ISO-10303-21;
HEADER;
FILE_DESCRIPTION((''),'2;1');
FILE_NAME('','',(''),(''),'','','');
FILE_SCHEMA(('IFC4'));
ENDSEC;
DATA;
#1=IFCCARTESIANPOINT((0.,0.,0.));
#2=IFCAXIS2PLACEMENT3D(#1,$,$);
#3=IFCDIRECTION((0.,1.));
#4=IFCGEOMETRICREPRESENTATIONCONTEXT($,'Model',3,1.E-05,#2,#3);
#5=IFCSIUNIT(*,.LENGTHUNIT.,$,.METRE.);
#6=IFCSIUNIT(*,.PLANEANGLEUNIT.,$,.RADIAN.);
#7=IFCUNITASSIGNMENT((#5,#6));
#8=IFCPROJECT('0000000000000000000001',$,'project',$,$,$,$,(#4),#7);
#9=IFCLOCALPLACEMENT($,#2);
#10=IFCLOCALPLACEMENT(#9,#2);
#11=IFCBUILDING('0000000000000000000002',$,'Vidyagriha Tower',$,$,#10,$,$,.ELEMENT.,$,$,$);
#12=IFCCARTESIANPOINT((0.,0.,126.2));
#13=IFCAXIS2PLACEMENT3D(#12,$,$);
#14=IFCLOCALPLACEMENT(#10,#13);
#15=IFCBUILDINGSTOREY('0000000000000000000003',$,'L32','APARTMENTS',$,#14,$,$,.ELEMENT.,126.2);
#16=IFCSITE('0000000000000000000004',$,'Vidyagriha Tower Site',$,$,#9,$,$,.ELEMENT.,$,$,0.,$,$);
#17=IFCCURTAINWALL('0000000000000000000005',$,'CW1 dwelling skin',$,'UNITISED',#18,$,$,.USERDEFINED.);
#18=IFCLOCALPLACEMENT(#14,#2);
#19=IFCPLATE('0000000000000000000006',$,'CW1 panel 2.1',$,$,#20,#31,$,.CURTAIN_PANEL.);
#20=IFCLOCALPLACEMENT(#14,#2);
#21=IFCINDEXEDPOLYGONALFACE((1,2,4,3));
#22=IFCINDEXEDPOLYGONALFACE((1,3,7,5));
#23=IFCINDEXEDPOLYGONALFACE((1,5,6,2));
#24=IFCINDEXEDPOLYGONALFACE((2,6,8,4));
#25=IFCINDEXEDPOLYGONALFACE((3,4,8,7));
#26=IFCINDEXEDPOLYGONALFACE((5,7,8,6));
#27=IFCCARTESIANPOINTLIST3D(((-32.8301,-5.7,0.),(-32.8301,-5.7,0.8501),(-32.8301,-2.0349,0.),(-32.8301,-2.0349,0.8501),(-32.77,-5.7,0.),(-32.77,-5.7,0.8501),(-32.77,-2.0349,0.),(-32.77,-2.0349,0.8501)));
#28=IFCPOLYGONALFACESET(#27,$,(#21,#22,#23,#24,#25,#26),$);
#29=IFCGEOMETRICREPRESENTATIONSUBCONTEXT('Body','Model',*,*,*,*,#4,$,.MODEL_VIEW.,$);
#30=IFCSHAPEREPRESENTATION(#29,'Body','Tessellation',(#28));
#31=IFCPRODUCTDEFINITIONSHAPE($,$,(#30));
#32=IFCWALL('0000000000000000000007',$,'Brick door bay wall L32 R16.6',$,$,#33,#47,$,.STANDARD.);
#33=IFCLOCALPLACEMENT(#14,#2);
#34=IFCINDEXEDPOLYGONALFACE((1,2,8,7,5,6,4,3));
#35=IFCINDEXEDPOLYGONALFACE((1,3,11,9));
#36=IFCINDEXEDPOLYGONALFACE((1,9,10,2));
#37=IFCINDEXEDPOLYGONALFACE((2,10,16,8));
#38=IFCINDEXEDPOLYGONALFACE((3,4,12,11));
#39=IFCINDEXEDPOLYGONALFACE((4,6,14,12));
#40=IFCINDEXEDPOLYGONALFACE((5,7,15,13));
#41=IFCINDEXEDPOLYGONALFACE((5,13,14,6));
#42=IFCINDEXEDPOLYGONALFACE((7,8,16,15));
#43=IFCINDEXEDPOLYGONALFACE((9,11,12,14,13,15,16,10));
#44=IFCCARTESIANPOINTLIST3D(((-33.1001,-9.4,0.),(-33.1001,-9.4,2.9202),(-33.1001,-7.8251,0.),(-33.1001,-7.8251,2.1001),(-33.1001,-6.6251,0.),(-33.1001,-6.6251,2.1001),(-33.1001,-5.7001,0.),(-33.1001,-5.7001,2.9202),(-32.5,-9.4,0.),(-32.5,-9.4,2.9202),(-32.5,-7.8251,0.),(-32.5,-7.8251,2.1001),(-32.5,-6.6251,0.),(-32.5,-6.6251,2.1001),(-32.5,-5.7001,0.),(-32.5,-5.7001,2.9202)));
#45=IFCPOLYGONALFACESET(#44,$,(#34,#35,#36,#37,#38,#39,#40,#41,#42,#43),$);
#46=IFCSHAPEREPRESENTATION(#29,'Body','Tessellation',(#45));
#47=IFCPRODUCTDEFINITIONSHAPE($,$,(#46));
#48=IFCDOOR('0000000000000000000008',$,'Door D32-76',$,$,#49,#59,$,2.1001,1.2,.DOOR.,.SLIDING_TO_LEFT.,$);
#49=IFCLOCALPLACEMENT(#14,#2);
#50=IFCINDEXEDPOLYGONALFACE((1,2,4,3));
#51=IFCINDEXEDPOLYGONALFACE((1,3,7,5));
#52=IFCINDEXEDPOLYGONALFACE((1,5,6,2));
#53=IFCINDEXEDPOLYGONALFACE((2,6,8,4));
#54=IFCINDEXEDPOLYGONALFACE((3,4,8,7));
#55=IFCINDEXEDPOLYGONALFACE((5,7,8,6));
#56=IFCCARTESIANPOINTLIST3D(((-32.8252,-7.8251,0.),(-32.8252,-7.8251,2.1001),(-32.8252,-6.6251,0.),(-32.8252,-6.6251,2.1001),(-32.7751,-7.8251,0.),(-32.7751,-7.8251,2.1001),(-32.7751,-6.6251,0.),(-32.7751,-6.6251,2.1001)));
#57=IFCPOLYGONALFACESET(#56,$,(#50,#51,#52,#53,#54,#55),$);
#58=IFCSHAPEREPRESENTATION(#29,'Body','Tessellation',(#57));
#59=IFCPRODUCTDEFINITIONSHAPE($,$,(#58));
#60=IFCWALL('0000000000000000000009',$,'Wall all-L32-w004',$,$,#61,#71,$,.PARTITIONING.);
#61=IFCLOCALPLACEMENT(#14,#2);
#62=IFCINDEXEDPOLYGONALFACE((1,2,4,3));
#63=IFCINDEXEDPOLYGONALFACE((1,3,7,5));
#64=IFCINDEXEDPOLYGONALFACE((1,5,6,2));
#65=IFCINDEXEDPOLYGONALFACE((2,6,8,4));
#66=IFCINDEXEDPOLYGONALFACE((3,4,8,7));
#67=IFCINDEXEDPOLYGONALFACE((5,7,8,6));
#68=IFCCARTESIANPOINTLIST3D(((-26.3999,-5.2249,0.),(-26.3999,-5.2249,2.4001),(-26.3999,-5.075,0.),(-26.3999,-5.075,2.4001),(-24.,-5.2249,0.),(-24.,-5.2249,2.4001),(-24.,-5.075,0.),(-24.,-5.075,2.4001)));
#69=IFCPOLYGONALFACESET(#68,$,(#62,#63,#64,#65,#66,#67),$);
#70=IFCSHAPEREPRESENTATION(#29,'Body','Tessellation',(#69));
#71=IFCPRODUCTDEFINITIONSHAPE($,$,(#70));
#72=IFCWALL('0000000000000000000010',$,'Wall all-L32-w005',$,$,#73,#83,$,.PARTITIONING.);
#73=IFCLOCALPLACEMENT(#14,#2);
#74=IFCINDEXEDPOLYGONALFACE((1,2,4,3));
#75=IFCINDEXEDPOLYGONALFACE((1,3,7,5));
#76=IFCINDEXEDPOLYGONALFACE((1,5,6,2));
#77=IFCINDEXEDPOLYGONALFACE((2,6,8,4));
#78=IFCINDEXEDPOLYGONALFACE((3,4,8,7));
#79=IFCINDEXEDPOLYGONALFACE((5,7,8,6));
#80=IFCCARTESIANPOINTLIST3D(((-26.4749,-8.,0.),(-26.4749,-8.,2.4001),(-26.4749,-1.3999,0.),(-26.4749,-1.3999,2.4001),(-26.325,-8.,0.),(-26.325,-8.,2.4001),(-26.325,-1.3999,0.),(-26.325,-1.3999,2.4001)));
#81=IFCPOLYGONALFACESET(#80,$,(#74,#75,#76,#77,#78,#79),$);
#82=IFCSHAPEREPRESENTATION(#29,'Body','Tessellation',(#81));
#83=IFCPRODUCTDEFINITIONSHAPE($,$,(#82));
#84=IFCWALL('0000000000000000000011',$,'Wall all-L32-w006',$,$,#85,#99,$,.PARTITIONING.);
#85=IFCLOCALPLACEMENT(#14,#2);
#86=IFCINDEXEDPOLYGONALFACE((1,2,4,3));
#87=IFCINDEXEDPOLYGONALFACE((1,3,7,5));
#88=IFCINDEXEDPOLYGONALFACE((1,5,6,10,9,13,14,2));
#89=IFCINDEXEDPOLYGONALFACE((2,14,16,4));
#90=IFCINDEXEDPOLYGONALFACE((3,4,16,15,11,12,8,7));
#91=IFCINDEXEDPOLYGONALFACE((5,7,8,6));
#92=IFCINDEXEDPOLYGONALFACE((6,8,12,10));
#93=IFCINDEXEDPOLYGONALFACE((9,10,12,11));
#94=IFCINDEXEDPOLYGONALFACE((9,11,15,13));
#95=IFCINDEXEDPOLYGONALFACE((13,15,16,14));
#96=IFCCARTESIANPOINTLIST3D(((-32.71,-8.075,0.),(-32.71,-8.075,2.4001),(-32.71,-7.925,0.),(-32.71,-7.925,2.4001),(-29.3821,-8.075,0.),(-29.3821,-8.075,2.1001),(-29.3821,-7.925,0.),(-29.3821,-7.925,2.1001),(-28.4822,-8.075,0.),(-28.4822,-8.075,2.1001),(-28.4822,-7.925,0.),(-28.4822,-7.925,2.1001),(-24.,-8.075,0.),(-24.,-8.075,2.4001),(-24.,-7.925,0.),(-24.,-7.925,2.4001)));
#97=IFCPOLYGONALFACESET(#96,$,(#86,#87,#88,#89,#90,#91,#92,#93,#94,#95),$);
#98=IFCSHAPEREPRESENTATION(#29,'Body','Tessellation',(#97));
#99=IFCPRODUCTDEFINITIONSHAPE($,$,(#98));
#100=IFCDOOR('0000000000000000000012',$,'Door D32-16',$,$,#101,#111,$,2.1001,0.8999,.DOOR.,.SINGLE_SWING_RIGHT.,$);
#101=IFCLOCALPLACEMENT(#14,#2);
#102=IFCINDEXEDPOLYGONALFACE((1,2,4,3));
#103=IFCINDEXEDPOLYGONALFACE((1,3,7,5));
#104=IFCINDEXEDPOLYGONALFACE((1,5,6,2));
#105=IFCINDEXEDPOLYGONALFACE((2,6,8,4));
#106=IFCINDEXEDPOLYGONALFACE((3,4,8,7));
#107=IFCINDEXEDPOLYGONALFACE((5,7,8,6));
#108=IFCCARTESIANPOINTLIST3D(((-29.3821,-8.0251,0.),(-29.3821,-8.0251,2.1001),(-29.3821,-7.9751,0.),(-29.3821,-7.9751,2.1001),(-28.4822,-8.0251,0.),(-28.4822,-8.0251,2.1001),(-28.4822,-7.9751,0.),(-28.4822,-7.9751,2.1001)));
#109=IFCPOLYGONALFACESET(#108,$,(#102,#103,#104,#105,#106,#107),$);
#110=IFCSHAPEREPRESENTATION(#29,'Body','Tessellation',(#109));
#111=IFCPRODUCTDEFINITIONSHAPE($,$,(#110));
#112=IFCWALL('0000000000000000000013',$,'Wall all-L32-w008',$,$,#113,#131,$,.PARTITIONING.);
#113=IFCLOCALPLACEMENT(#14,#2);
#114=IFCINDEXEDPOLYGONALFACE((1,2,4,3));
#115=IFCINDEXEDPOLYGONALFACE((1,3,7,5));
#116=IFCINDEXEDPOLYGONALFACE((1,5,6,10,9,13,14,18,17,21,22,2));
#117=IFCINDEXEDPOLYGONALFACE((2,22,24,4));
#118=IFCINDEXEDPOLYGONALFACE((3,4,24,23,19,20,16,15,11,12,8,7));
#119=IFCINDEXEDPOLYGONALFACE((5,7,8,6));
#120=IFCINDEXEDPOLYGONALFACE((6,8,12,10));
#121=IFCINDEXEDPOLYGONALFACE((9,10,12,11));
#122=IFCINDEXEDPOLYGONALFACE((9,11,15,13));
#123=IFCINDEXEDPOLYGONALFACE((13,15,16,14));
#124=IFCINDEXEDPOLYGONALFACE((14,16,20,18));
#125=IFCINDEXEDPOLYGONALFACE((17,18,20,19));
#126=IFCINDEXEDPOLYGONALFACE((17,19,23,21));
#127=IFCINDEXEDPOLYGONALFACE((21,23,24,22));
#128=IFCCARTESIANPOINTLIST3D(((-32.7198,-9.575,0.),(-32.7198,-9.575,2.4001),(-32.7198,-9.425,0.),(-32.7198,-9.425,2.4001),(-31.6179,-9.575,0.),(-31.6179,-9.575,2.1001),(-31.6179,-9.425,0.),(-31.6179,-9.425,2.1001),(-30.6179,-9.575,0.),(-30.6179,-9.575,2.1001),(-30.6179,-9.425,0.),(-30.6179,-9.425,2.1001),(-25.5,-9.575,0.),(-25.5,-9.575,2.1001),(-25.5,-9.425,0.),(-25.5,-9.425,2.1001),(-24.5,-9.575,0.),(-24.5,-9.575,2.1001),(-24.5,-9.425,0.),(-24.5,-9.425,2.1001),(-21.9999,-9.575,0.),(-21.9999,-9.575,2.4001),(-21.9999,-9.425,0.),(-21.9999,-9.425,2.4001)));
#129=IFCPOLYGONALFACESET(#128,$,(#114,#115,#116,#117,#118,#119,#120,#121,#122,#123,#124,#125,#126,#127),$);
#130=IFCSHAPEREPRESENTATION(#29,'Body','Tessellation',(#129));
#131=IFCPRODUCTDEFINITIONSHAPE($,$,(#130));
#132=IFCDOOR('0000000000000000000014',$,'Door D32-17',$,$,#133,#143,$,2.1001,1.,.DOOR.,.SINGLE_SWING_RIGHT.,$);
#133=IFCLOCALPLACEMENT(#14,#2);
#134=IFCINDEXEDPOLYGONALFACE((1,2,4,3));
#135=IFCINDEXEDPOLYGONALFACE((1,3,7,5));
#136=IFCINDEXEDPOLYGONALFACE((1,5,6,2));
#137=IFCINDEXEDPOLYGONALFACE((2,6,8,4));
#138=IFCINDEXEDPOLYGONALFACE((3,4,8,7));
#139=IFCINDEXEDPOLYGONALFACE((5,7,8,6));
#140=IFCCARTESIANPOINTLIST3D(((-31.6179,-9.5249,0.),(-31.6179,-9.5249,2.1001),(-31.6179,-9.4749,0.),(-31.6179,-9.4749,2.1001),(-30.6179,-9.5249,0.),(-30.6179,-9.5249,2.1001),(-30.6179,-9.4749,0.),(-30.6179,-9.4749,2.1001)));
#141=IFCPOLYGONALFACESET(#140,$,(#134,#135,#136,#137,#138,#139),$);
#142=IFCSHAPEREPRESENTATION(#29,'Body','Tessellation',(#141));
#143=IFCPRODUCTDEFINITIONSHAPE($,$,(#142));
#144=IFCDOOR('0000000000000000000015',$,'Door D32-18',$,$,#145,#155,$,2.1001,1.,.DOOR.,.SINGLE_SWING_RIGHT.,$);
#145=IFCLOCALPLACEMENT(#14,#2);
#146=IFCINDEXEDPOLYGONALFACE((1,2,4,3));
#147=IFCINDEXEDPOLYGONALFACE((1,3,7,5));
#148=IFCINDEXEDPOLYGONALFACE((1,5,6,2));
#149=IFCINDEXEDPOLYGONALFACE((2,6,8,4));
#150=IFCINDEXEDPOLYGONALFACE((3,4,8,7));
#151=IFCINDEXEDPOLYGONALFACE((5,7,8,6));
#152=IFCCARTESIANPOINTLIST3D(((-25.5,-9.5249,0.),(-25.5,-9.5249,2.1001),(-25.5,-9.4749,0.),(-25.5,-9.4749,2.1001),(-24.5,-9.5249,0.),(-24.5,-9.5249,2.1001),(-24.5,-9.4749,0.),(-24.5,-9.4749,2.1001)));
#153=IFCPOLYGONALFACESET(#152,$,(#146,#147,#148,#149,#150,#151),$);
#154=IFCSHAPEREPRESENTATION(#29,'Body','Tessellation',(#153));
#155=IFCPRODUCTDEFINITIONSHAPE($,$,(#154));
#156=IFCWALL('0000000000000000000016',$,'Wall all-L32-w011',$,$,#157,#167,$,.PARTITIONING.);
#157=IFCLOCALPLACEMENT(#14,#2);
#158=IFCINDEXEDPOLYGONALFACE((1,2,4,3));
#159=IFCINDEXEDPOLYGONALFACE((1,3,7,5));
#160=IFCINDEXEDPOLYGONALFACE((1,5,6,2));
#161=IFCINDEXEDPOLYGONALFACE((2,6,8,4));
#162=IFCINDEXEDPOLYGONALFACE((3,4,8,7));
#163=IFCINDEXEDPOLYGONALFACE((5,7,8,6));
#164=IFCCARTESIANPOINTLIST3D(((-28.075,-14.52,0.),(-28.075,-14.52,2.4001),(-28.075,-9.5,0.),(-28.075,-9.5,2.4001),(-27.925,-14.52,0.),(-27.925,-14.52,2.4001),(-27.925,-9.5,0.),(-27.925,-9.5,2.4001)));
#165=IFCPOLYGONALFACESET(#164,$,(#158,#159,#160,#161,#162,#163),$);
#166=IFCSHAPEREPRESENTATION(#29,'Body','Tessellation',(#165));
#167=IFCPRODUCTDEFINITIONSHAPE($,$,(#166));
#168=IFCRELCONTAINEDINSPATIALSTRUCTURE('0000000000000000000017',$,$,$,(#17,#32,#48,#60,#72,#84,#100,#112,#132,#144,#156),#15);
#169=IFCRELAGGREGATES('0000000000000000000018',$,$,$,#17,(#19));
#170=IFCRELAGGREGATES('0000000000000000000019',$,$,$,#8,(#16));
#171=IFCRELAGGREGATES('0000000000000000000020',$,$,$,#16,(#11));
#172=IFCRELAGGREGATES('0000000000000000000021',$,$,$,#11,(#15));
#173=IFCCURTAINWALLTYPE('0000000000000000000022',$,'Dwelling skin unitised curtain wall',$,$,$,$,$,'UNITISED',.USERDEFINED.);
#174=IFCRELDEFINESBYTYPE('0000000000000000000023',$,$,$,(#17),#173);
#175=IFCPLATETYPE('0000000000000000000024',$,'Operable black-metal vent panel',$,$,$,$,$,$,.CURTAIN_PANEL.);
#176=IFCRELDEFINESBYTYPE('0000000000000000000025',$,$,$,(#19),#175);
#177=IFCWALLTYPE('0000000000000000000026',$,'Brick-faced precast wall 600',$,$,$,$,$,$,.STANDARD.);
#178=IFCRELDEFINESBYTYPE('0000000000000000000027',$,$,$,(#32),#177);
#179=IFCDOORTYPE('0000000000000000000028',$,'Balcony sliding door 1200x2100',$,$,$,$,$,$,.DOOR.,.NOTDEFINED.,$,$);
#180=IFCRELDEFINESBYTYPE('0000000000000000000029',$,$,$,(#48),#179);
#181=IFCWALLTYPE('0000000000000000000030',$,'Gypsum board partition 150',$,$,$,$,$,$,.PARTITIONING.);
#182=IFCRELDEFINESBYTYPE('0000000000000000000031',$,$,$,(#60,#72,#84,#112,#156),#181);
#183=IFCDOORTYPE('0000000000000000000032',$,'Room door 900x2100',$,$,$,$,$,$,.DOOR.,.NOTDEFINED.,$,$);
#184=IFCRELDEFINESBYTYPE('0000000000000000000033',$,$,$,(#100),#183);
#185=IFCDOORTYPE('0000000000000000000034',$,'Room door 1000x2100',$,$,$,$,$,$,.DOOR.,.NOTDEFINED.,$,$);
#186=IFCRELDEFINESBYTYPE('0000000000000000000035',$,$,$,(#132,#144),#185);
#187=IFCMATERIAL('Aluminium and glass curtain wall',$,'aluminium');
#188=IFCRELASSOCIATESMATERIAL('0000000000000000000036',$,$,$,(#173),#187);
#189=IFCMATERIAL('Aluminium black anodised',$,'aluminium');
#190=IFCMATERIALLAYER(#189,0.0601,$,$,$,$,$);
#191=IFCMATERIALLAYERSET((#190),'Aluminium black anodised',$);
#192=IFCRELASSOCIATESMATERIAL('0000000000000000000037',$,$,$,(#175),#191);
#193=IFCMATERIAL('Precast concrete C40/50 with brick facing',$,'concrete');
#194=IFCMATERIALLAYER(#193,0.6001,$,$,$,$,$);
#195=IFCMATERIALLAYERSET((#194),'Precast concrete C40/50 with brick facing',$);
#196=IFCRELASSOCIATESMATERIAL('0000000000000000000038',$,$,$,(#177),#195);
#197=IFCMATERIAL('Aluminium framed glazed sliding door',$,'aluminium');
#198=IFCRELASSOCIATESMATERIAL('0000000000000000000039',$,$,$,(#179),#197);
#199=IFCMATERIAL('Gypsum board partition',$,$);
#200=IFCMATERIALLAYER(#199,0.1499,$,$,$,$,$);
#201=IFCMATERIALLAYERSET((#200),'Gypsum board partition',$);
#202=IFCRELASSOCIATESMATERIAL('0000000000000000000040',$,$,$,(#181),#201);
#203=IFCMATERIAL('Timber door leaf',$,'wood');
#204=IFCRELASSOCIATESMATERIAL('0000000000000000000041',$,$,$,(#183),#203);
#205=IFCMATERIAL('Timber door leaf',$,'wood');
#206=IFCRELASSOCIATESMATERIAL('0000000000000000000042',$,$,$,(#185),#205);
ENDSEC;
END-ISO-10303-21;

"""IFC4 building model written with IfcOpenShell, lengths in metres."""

from ifc_helpers import new_model, si_unit, direction, frame, frame_2d, origin, origin_2d, place, context, subcontext, project, spatial, rectangle, extrude, material, layer, layer_set, type_object, element, fill, aggregate, save


model = new_model("IFC4")

# Units and contexts
model_context = context("Model", 3, precision=1e-05, world=origin(), true_north=direction((0.0, 1.0)))
body_context = subcontext(model_context, "Body", "Model", "MODEL_VIEW")
ifc_project = project(units=[si_unit("LENGTHUNIT", "METRE"), si_unit("PLANEANGLEUNIT", "RADIAN")], contexts=[model_context])

# Site, building, storey
site_placement = place(None, origin())
site = spatial("IfcSite", under=ifc_project, at=site_placement, Name="Vidyagriha Tower Site", CompositionType="ELEMENT", RefElevation=0.0)
building_placement = place(site_placement, origin())
building = spatial("IfcBuilding", under=site, at=building_placement, Name="Vidyagriha Tower", CompositionType="ELEMENT")
storey_placement = place(building_placement, frame((0.0, 0.0, 126.2)))
storey = spatial("IfcBuildingStorey", under=building, at=storey_placement, Name="L32", Description="APARTMENTS", CompositionType="ELEMENT", Elevation=126.2)

# Curtain wall
ifc_material_1 = material(Name="Aluminium and glass curtain wall", Category="aluminium")
curtain_wall_type = type_object("IfcCurtainWallType", Name="Dwelling skin unitised curtain wall", ElementType="UNITISED", PredefinedType="USERDEFINED", material=ifc_material_1)
curtain_wall_1_placement = place(storey_placement, origin())
curtain_wall_1 = element("IfcCurtainWall", 1, at=curtain_wall_1_placement, inside=storey, type_object=curtain_wall_type, Name="CW1 dwelling skin", ObjectType="UNITISED", PredefinedType="USERDEFINED")

# Plate
ifc_material_2 = material(Name="Aluminium black anodised", Category="aluminium")
ifc_layer_1 = layer(ifc_material_2, 0.0601)
ifc_layer_set_1 = layer_set([ifc_layer_1], Name="Aluminium black anodised")
plate_type_1 = type_object("IfcPlateType", Name="Operable black-metal vent panel", PredefinedType="CURTAIN_PANEL", material=ifc_layer_set_1)
plate_1_placement = place(storey_placement, frame((-32.8, -3.8674, 0.0), z_axis=(0.0, 0.0, 1.0), x_axis=(0.0, -1.0, 0.0)))
plate_1 = element("IfcPlate", 2, at=plate_1_placement, type_object=plate_type_1, Name="CW1 panel 2.1", PredefinedType="CURTAIN_PANEL", context=body_context, shape_type="SweptSolid", body=[
    extrude(rectangle(XDim=3.665, YDim=0.0601, at=origin_2d()), origin(), (0.0, 0.0, 1.0), 0.8501),
])
aggregate(curtain_wall_1, [plate_1])

# Wall, opening, door
ifc_material_3 = material(Name="Precast concrete C40/50 with brick facing", Category="concrete")
ifc_layer_2 = layer(ifc_material_3, 0.6001)
ifc_layer_set_2 = layer_set([ifc_layer_2], Name="Precast concrete C40/50 with brick facing")
wall_type_1 = type_object("IfcWallType", Name="Brick-faced precast wall 600", PredefinedType="STANDARD", material=ifc_layer_set_2)
wall_1_placement = place(storey_placement, frame((-32.8, -5.7, 0.0), z_axis=(0.0, 0.0, 1.0), x_axis=(0.0, -1.0, 0.0)))
wall_1 = element("IfcWall", 3, at=wall_1_placement, inside=storey, type_object=wall_type_1, Name="Brick door bay wall L32 R16.6", PredefinedType="STANDARD", context=body_context, shape_type="SweptSolid", body=[
    extrude(rectangle(XDim=3.7, YDim=0.6001, at=frame_2d((1.8501, 0.0))), origin(), (0.0, 0.0, 1.0), 2.9202),
])
opening_1_placement = place(wall_1_placement, frame((0.925, 0.0, 0.0)))
opening_1 = element("IfcOpeningElement", 4, at=opening_1_placement, cuts=wall_1, PredefinedType="OPENING", context=body_context, shape_type="SweptSolid", body=[
    extrude(rectangle(XDim=1.2, YDim=2.1001, at=frame_2d((0.6001, 1.05))), frame((0.0, 0.3101, 0.0), z_axis=(0.0, -1.0, 0.0), x_axis=(1.0, 0.0, 0.0)), (0.0, 0.0, 1.0), 0.6201),
])
ifc_material_4 = material(Name="Aluminium framed glazed sliding door", Category="aluminium")
door_type_1 = type_object("IfcDoorType", Name="Balcony sliding door 1200x2100", OperationType="NOTDEFINED", PredefinedType="DOOR", material=ifc_material_4)
door_1_placement = place(opening_1_placement, origin())
door_1 = element("IfcDoor", 5, at=door_1_placement, inside=storey, type_object=door_type_1, Name="Door D32-76", OperationType="SLIDING_TO_LEFT", OverallHeight=2.1001, OverallWidth=1.2, PredefinedType="DOOR", context=body_context, shape_type="SweptSolid", body=[
    extrude(rectangle(XDim=1.2, YDim=2.1001, at=frame_2d((0.6001, 1.05))), frame((0.0, 0.0249, 0.0), z_axis=(0.0, -1.0, 0.0), x_axis=(1.0, 0.0, 0.0)), (0.0, 0.0, 1.0), 0.05),
])
fill(opening_1, door_1)

# Walls
ifc_material_5 = material(Name="Gypsum board partition")
ifc_layer_3 = layer(ifc_material_5, 0.1499)
ifc_layer_set_3 = layer_set([ifc_layer_3], Name="Gypsum board partition")
wall_type_2 = type_object("IfcWallType", Name="Gypsum board partition 150", PredefinedType="PARTITIONING", material=ifc_layer_set_3)
wall_2_placement = place(storey_placement, frame((-24.0, -5.1499, 0.0), z_axis=(0.0, 0.0, 1.0), x_axis=(-1.0, 0.0, 0.0)))
element("IfcWall", 6, at=wall_2_placement, inside=storey, type_object=wall_type_2, Name="Wall all-L32-w004", PredefinedType="PARTITIONING", context=body_context, shape_type="SweptSolid", body=[
    extrude(rectangle(XDim=2.3999, YDim=0.1499, at=frame_2d((1.2, 0.0))), origin(), (0.0, 0.0, 1.0), 2.4001),
])
wall_3_placement = place(storey_placement, frame((-26.3999, -8.0, 0.0), z_axis=(0.0, 0.0, 1.0), x_axis=(0.0, 1.0, 0.0)))
element("IfcWall", 7, at=wall_3_placement, inside=storey, type_object=wall_type_2, Name="Wall all-L32-w005", PredefinedType="PARTITIONING", context=body_context, shape_type="SweptSolid", body=[
    extrude(rectangle(XDim=6.6001, YDim=0.1499, at=frame_2d((3.3, 0.0))), origin(), (0.0, 0.0, 1.0), 2.4001),
])

# Wall, opening, door
wall_4_placement = place(storey_placement, frame((-32.71, -8.0, 0.0)))
wall_4 = element("IfcWall", 8, at=wall_4_placement, inside=storey, type_object=wall_type_2, Name="Wall all-L32-w006", PredefinedType="PARTITIONING", context=body_context, shape_type="SweptSolid", body=[
    extrude(rectangle(XDim=8.71, YDim=0.1499, at=frame_2d((4.355, 0.0))), origin(), (0.0, 0.0, 1.0), 2.4001),
])
opening_2_placement = place(wall_4_placement, frame((3.3279, 0.0, 0.0)))
opening_2 = element("IfcOpeningElement", 9, at=opening_2_placement, cuts=wall_4, PredefinedType="OPENING", context=body_context, shape_type="SweptSolid", body=[
    extrude(rectangle(XDim=0.8999, YDim=2.1001, at=frame_2d((0.45, 1.05))), frame((0.0, 0.085, 0.0), z_axis=(0.0, -1.0, 0.0), x_axis=(1.0, 0.0, 0.0)), (0.0, 0.0, 1.0), 0.1699),
])
ifc_material_6 = material(Name="Timber door leaf", Category="wood")
door_type_2 = type_object("IfcDoorType", Name="Room door 900x2100", OperationType="NOTDEFINED", PredefinedType="DOOR", material=ifc_material_6)
door_2_placement = place(opening_2_placement, origin())
door_2 = element("IfcDoor", 10, at=door_2_placement, inside=storey, type_object=door_type_2, Name="Door D32-16", OperationType="SINGLE_SWING_RIGHT", OverallHeight=2.1001, OverallWidth=0.8999, PredefinedType="DOOR", context=body_context, shape_type="SweptSolid", body=[
    extrude(rectangle(XDim=0.8999, YDim=2.1001, at=frame_2d((0.45, 1.05))), frame((0.0, 0.0249, 0.0), z_axis=(0.0, -1.0, 0.0), x_axis=(1.0, 0.0, 0.0)), (0.0, 0.0, 1.0), 0.05),
])
fill(opening_2, door_2)

# Wall, openings, doors
wall_5_placement = place(storey_placement, frame((-22.0, -9.5, 0.0), z_axis=(0.0, 0.0, 1.0), x_axis=(-1.0, 0.0, 0.0)))
wall_5 = element("IfcWall", 11, at=wall_5_placement, inside=storey, type_object=wall_type_2, Name="Wall all-L32-w008", PredefinedType="PARTITIONING", context=body_context, shape_type="SweptSolid", body=[
    extrude(rectangle(XDim=10.72, YDim=0.1499, at=frame_2d((5.3599, 0.0))), origin(), (0.0, 0.0, 1.0), 2.4001),
])
opening_3_placement = place(wall_5_placement, frame((8.6179, 0.0, 0.0)))
opening_3 = element("IfcOpeningElement", 12, at=opening_3_placement, cuts=wall_5, PredefinedType="OPENING", context=body_context, shape_type="SweptSolid", body=[
    extrude(rectangle(XDim=1.0, YDim=2.1001, at=frame_2d((0.5, 1.05))), frame((0.0, 0.085, 0.0), z_axis=(0.0, -1.0, 0.0), x_axis=(1.0, 0.0, 0.0)), (0.0, 0.0, 1.0), 0.1699),
])
opening_4_placement = place(wall_5_placement, frame((2.5, 0.0, 0.0)))
opening_4 = element("IfcOpeningElement", 13, at=opening_4_placement, cuts=wall_5, PredefinedType="OPENING", context=body_context, shape_type="SweptSolid", body=[
    extrude(rectangle(XDim=1.0, YDim=2.1001, at=frame_2d((0.5, 1.05))), frame((0.0, 0.085, 0.0), z_axis=(0.0, -1.0, 0.0), x_axis=(1.0, 0.0, 0.0)), (0.0, 0.0, 1.0), 0.1699),
])
ifc_material_7 = material(Name="Timber door leaf", Category="wood")
door_type_3 = type_object("IfcDoorType", Name="Room door 1000x2100", OperationType="NOTDEFINED", PredefinedType="DOOR", material=ifc_material_7)
door_3_placement = place(opening_3_placement, origin())
door_3 = element("IfcDoor", 14, at=door_3_placement, inside=storey, type_object=door_type_3, Name="Door D32-17", OperationType="SINGLE_SWING_RIGHT", OverallHeight=2.1001, OverallWidth=1.0, PredefinedType="DOOR", context=body_context, shape_type="SweptSolid", body=[
    extrude(rectangle(XDim=1.0, YDim=2.1001, at=frame_2d((0.5, 1.05))), frame((0.0, 0.0249, 0.0), z_axis=(0.0, -1.0, 0.0), x_axis=(1.0, 0.0, 0.0)), (0.0, 0.0, 1.0), 0.05),
])
fill(opening_3, door_3)
door_4_placement = place(opening_4_placement, origin())
door_4 = element("IfcDoor", 15, at=door_4_placement, inside=storey, type_object=door_type_3, Name="Door D32-18", OperationType="SINGLE_SWING_RIGHT", OverallHeight=2.1001, OverallWidth=1.0, PredefinedType="DOOR", context=body_context, shape_type="SweptSolid", body=[
    extrude(rectangle(XDim=1.0, YDim=2.1001, at=frame_2d((0.5, 1.05))), frame((0.0, 0.0249, 0.0), z_axis=(0.0, -1.0, 0.0), x_axis=(1.0, 0.0, 0.0)), (0.0, 0.0, 1.0), 0.05),
])
fill(opening_4, door_4)

# Wall
wall_6_placement = place(storey_placement, frame((-28.0, -9.5, 0.0), z_axis=(0.0, 0.0, 1.0), x_axis=(0.0, -1.0, 0.0)))
element("IfcWall", 16, at=wall_6_placement, inside=storey, type_object=wall_type_2, Name="Wall all-L32-w011", PredefinedType="PARTITIONING", context=body_context, shape_type="SweptSolid", body=[
    extrude(rectangle(XDim=5.02, YDim=0.1499, at=frame_2d((2.51, 0.0))), origin(), (0.0, 0.0, 1.0), 2.4001),
])

save(model, "model.ifc")
